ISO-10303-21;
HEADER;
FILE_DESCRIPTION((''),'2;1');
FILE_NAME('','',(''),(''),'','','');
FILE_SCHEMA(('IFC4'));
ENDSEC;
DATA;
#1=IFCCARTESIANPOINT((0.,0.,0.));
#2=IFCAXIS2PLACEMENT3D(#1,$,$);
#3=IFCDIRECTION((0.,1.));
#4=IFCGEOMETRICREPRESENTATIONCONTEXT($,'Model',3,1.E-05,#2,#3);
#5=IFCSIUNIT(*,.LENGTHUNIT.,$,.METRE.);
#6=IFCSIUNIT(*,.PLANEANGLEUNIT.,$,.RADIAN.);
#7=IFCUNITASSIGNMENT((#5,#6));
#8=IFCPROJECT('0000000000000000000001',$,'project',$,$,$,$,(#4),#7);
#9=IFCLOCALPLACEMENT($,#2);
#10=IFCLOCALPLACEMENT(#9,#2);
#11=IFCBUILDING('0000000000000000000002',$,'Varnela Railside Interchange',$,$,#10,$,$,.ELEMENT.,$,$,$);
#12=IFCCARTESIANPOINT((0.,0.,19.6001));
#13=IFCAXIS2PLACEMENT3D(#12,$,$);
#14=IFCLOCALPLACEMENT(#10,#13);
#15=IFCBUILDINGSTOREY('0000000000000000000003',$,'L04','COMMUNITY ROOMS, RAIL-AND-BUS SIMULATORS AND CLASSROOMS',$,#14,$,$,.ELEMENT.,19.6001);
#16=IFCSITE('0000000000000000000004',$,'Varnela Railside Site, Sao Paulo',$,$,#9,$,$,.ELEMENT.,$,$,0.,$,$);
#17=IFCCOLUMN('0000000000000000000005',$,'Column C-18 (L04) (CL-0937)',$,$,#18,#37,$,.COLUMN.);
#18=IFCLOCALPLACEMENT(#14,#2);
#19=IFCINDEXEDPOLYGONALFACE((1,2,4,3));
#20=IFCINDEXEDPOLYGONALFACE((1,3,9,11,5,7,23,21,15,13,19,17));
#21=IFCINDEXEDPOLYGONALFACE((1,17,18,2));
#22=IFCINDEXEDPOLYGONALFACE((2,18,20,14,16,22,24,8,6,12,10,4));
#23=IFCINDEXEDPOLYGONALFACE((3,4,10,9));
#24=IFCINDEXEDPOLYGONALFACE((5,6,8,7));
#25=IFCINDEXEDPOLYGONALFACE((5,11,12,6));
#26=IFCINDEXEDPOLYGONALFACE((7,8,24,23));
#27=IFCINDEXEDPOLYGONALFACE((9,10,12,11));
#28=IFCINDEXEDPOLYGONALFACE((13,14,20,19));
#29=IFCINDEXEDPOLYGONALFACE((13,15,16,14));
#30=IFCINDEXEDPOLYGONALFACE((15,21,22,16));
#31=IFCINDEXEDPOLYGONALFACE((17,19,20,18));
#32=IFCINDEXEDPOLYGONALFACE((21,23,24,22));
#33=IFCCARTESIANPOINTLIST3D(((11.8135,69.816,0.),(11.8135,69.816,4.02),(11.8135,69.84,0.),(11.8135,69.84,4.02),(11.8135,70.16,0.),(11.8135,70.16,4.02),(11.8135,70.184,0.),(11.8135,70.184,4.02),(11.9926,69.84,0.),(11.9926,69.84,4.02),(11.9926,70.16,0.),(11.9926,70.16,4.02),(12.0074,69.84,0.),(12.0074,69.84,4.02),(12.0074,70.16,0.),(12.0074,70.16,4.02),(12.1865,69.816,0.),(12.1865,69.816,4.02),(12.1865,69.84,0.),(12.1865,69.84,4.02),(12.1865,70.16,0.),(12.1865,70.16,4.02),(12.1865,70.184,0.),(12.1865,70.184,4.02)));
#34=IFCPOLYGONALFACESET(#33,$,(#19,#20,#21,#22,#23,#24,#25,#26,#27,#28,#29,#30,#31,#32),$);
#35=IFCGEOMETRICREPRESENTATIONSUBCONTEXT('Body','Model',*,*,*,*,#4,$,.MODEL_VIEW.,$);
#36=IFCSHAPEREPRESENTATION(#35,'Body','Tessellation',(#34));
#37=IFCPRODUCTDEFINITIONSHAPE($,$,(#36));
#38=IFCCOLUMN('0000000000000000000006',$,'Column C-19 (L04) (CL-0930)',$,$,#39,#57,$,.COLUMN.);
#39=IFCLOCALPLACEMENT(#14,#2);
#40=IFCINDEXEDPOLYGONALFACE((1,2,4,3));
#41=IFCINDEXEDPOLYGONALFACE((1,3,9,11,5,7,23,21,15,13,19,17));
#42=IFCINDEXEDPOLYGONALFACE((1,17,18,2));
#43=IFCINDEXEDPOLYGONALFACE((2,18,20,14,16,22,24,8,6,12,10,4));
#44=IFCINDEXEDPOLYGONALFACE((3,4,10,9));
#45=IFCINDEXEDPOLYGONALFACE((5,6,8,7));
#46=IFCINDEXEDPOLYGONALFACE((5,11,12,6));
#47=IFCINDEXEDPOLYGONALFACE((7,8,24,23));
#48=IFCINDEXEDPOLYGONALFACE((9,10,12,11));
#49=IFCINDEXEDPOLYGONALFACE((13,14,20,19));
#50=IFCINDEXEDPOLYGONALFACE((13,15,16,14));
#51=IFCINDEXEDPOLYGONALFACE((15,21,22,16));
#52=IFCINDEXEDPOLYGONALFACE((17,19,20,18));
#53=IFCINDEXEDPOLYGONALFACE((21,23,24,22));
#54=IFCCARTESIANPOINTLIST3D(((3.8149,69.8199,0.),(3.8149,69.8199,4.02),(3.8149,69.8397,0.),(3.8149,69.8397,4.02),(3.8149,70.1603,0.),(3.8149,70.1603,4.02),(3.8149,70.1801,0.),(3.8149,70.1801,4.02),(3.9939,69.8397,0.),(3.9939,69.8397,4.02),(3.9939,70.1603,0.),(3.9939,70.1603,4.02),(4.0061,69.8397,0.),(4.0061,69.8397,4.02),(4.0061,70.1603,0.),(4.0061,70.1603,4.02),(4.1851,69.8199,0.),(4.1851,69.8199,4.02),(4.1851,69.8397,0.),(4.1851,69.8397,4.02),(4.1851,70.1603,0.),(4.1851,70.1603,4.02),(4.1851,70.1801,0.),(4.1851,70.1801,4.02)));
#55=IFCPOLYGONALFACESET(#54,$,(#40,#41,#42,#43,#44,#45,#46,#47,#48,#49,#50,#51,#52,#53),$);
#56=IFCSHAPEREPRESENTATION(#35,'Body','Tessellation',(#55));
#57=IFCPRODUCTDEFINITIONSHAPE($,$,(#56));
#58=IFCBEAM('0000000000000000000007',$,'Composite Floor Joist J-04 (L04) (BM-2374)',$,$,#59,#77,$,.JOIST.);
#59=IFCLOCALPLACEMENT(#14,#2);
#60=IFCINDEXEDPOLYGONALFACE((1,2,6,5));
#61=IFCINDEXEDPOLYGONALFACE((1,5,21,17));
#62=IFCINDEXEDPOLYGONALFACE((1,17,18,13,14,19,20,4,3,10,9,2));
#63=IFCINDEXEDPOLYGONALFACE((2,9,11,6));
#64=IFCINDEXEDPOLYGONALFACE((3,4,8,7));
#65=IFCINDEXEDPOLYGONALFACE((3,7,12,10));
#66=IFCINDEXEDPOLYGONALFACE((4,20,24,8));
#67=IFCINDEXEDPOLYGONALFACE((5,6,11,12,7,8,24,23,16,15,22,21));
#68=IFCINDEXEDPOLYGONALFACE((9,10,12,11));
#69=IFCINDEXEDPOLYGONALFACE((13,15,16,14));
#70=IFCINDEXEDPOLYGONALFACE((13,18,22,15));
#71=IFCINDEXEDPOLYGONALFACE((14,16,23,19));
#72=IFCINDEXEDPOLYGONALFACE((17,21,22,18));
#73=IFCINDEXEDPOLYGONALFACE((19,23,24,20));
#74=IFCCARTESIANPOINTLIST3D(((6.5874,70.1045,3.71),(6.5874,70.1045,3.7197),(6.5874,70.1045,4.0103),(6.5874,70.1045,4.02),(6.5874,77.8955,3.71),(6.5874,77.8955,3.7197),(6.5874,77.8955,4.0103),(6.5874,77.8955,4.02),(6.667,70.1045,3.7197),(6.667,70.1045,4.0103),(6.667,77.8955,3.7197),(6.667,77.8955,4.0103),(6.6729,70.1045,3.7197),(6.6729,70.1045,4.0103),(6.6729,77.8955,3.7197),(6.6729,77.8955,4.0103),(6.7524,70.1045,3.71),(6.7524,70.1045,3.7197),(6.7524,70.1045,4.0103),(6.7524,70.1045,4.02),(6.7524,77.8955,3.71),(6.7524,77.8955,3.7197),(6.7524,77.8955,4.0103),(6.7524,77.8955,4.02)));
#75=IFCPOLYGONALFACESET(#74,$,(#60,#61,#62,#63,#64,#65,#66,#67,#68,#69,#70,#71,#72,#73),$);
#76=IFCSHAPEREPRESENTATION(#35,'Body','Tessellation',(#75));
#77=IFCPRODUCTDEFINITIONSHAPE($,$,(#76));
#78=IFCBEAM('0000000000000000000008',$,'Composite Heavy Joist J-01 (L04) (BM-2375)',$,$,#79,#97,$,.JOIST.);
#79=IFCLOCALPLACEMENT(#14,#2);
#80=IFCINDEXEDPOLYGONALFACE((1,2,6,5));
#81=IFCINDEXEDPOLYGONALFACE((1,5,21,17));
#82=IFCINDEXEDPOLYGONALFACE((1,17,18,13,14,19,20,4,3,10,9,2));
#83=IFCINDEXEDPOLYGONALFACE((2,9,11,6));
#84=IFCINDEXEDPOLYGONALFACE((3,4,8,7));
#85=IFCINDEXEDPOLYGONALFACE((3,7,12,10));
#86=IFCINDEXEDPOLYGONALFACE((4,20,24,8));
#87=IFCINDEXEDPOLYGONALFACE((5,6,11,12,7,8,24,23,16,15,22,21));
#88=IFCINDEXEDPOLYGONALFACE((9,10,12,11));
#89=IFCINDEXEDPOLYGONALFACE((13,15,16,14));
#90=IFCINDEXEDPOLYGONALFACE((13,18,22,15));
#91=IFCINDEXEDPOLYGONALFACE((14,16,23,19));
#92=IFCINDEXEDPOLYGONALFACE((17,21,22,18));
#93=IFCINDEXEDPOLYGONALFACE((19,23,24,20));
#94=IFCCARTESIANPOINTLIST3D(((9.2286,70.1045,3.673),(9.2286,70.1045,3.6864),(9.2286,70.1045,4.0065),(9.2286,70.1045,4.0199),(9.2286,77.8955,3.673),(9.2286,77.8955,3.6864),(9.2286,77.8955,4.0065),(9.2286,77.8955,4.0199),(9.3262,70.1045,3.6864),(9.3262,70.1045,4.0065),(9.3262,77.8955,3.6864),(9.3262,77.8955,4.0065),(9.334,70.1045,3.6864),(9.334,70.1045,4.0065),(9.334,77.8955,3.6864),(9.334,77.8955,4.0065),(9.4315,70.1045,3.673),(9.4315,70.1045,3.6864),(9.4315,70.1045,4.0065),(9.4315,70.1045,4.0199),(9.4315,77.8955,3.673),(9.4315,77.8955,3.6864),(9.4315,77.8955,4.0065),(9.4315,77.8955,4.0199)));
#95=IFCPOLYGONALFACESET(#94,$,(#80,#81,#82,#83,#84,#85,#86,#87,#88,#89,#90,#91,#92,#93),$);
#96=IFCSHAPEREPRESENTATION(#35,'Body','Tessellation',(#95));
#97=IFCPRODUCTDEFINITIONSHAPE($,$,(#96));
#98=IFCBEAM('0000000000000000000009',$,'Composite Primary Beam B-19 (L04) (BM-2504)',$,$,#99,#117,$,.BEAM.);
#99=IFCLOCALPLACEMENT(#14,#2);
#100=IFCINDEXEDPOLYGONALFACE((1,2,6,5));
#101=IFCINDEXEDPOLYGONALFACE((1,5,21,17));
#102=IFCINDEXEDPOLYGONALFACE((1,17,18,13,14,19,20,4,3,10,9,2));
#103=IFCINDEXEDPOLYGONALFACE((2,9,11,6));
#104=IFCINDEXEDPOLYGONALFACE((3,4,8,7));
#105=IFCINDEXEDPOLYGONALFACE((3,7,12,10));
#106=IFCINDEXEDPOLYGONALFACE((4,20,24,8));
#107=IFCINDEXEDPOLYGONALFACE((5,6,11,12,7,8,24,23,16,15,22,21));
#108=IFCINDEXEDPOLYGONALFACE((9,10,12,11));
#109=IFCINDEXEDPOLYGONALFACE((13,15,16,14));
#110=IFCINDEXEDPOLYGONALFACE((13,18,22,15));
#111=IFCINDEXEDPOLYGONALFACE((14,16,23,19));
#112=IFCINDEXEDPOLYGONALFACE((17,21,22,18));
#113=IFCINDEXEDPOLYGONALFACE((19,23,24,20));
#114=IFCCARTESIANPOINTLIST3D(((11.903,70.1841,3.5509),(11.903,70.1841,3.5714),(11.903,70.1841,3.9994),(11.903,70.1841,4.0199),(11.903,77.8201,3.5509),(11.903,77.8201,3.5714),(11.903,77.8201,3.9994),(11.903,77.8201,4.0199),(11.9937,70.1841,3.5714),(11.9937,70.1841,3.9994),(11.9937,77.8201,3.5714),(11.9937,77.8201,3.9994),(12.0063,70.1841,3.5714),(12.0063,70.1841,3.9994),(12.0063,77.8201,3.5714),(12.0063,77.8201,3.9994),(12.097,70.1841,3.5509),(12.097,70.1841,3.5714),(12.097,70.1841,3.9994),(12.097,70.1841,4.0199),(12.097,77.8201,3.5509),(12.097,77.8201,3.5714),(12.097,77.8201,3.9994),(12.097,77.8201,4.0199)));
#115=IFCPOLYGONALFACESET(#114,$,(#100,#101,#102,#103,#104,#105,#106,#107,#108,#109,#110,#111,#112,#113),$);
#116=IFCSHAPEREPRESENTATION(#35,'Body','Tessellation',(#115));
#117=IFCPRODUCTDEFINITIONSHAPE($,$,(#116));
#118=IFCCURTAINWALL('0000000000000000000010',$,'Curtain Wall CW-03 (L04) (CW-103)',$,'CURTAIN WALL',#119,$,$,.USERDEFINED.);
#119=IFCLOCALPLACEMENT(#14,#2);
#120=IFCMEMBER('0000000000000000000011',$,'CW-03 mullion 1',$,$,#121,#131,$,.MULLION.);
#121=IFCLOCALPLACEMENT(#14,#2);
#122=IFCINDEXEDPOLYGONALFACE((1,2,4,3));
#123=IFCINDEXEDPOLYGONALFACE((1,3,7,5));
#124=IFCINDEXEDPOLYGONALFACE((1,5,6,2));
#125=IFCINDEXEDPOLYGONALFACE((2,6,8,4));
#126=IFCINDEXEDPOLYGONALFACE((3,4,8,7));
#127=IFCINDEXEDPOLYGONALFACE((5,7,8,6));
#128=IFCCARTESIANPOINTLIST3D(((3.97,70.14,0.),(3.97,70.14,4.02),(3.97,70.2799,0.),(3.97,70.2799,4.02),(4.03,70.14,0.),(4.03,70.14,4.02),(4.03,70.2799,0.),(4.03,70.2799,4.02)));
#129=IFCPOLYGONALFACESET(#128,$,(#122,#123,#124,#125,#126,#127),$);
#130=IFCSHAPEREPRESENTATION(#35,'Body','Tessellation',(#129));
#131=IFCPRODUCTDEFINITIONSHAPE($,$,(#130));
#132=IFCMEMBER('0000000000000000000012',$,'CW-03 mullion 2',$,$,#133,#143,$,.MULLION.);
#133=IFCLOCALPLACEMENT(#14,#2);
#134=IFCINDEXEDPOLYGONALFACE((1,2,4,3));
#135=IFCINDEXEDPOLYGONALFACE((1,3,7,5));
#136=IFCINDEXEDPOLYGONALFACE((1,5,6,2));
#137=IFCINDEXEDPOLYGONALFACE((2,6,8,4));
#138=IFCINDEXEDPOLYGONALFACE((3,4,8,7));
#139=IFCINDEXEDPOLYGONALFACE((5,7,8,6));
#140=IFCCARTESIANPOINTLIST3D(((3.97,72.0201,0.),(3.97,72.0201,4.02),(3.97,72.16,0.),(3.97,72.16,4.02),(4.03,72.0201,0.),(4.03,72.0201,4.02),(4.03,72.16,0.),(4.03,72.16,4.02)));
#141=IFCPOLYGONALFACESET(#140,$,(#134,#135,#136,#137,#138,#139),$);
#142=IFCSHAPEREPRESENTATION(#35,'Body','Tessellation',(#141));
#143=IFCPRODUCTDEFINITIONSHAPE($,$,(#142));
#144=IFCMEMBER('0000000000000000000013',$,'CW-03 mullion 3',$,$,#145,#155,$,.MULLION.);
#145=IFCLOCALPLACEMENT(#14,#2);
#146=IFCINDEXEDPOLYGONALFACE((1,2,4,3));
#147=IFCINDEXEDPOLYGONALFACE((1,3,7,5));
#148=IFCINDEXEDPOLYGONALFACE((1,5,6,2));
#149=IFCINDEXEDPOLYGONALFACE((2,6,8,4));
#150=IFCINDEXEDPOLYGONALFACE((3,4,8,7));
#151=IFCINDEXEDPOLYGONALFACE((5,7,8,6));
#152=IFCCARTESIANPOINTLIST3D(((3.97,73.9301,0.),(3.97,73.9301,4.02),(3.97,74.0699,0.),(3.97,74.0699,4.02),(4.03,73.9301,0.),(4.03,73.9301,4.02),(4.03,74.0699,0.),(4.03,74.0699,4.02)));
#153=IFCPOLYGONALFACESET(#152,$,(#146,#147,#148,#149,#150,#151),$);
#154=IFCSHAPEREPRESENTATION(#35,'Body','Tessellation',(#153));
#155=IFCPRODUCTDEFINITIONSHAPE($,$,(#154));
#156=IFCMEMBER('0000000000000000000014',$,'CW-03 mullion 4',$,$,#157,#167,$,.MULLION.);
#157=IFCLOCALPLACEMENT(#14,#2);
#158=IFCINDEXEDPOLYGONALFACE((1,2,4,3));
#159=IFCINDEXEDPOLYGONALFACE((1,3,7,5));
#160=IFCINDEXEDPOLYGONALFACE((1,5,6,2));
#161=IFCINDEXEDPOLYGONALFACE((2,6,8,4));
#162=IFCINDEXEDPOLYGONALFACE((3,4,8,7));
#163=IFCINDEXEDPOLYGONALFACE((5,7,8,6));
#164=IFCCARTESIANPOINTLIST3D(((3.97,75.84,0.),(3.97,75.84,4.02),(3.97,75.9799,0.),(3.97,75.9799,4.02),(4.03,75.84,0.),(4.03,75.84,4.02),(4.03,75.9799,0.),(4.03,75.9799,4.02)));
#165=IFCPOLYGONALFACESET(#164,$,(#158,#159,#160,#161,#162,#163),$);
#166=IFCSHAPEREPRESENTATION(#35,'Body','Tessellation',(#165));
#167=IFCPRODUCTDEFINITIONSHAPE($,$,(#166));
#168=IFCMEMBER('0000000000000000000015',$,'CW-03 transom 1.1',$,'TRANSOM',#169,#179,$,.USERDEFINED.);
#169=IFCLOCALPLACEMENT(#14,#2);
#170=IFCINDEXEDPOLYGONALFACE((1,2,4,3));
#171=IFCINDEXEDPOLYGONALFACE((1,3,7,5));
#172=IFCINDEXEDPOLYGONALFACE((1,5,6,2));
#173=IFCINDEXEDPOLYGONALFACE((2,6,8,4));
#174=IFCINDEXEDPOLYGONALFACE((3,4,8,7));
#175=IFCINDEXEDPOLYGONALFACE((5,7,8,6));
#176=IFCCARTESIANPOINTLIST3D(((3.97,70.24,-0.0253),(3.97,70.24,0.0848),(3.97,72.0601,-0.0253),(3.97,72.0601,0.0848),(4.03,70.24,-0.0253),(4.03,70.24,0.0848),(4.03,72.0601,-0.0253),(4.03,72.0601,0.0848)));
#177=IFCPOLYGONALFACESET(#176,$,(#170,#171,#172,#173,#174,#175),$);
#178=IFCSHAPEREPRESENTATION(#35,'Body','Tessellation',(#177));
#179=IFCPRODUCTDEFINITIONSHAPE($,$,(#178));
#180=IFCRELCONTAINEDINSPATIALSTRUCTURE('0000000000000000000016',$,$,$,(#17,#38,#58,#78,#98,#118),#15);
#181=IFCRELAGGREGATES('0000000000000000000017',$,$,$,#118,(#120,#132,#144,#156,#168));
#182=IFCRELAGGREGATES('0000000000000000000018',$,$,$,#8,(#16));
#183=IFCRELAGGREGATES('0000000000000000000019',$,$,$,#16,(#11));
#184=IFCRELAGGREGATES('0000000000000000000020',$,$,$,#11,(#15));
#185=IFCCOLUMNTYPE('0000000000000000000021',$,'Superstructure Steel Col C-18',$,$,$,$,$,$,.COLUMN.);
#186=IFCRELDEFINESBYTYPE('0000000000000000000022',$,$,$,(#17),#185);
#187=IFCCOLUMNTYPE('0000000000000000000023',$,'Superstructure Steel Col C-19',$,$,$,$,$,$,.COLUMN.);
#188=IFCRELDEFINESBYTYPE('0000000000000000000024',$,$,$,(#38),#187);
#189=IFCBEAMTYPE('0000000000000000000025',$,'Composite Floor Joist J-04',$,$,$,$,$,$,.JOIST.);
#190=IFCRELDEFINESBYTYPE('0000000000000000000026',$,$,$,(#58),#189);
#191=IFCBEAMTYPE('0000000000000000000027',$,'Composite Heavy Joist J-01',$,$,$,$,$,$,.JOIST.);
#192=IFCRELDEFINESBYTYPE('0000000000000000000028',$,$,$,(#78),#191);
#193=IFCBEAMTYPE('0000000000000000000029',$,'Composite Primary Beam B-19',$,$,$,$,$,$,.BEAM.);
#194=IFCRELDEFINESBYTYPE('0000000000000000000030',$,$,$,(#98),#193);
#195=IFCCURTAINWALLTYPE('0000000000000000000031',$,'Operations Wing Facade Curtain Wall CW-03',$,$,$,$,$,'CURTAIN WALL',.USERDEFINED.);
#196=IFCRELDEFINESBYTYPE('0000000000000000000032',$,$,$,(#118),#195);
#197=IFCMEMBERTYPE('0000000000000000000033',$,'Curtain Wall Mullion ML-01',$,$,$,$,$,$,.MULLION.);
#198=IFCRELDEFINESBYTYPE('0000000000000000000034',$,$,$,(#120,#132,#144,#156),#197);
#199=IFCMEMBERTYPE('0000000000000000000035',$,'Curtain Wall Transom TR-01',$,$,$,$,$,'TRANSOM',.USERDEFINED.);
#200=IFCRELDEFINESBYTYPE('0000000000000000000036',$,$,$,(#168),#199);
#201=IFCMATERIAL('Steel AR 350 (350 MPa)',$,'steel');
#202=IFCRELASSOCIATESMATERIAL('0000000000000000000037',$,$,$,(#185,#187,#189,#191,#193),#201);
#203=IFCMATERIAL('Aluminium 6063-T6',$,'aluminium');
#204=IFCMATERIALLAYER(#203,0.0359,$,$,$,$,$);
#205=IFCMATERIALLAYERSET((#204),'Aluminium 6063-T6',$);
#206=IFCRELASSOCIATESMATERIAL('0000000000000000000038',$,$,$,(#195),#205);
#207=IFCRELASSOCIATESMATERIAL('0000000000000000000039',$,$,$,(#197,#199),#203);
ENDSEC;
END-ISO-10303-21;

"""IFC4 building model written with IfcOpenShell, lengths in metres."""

from ifc_helpers import new_model, si_unit, direction, frame, origin, origin_2d, place, context, subcontext, project, spatial, rectangle, i_section, extrude, material, layer, layer_set, material_profile, profile_set, type_object, element, aggregate, save


model = new_model("IFC4")

# Units and contexts
model_context = context("Model", 3, precision=1e-05, world=origin(), true_north=direction((0.0, 1.0)))
body_context = subcontext(model_context, "Body", "Model", "MODEL_VIEW")
ifc_project = project(units=[si_unit("LENGTHUNIT", "METRE"), si_unit("PLANEANGLEUNIT", "RADIAN")], contexts=[model_context])

# Site, building, storey
site_placement = place(None, origin())
site = spatial("IfcSite", under=ifc_project, at=site_placement, Name="Varnela Railside Site, Sao Paulo", CompositionType="ELEMENT", RefElevation=0.0)
building_placement = place(site_placement, origin())
building = spatial("IfcBuilding", under=site, at=building_placement, Name="Varnela Railside Interchange", CompositionType="ELEMENT")
storey_placement = place(building_placement, frame((0.0, 0.0, 19.6001)))
storey = spatial("IfcBuildingStorey", under=building, at=storey_placement, Name="L04", Description="COMMUNITY ROOMS, RAIL-AND-BUS SIMULATORS AND CLASSROOMS", CompositionType="ELEMENT", Elevation=19.6001)

# Columns
ifc_material_1 = material(Name="Steel AR 350 (350 MPa)", Category="steel")
ifc_material_profile_1 = material_profile(ifc_material_1, i_section(OverallWidth=0.373, OverallDepth=0.3679, WebThickness=0.0149, FlangeThickness=0.0239, at=origin_2d()), Name="W360x179")
ifc_profile_set_1 = profile_set([ifc_material_profile_1], Name="Steel AR 350 (350 MPa)")
column_type_1 = type_object("IfcColumnType", Name="Superstructure Steel Col C-18", PredefinedType="COLUMN", material=ifc_profile_set_1)
column_1_placement = place(storey_placement, frame((12.0, 70.0, 0.0), z_axis=(0.0, 0.0, 1.0), x_axis=(1.0, 0.0, 0.0)))
element("IfcColumn", 1, at=column_1_placement, inside=storey, type_object=column_type_1, Name="Column C-18 (L04) (CL-0937)", PredefinedType="COLUMN", context=body_context, shape_type="SweptSolid", body=[
    extrude(i_section(OverallWidth=0.373, OverallDepth=0.3679, WebThickness=0.0149, FlangeThickness=0.0239, at=origin_2d()), origin(), (0.0, 0.0, 1.0), 4.02),
])
ifc_material_profile_2 = material_profile(ifc_material_1, i_section(OverallWidth=0.3701, OverallDepth=0.3601, WebThickness=0.0122, FlangeThickness=0.0198, at=origin_2d()), Name="W360x147")
ifc_profile_set_2 = profile_set([ifc_material_profile_2], Name="Steel AR 350 (350 MPa)")
column_type_2 = type_object("IfcColumnType", Name="Superstructure Steel Col C-19", PredefinedType="COLUMN", material=ifc_profile_set_2)
column_2_placement = place(storey_placement, frame((4.0, 70.0, 0.0), z_axis=(0.0, 0.0, 1.0), x_axis=(1.0, 0.0, 0.0)))
element("IfcColumn", 2, at=column_2_placement, inside=storey, type_object=column_type_2, Name="Column C-19 (L04) (CL-0930)", PredefinedType="COLUMN", context=body_context, shape_type="SweptSolid", body=[
    extrude(i_section(OverallWidth=0.3701, OverallDepth=0.3601, WebThickness=0.0122, FlangeThickness=0.0198, at=origin_2d()), origin(), (0.0, 0.0, 1.0), 4.02),
])

# Beams
ifc_material_profile_3 = material_profile(ifc_material_1, i_section(OverallWidth=0.165, OverallDepth=0.3101, WebThickness=0.0059, FlangeThickness=0.0098, at=origin_2d()), Name="W310x38.7")
ifc_profile_set_3 = profile_set([ifc_material_profile_3], Name="Steel AR 350 (350 MPa)")
beam_type_1 = type_object("IfcBeamType", Name="Composite Floor Joist J-04", PredefinedType="JOIST", material=ifc_profile_set_3)
beam_1_placement = place(storey_placement, frame((6.6699, 70.1045, 3.865), z_axis=(0.0, 1.0, 0.0), x_axis=(-1.0, 0.0, 0.0)))
element("IfcBeam", 3, at=beam_1_placement, inside=storey, type_object=beam_type_1, Name="Composite Floor Joist J-04 (L04) (BM-2374)", PredefinedType="JOIST", context=body_context, shape_type="SweptSolid", body=[
    extrude(i_section(OverallWidth=0.165, OverallDepth=0.3101, WebThickness=0.0059, FlangeThickness=0.0098, at=origin_2d()), origin(), (0.0, 0.0, 1.0), 7.791),
])
ifc_material_profile_4 = material_profile(ifc_material_1, i_section(OverallWidth=0.2029, OverallDepth=0.3469, WebThickness=0.0078, FlangeThickness=0.0134, at=origin_2d()), Name="W360x64")
ifc_profile_set_4 = profile_set([ifc_material_profile_4], Name="Steel AR 350 (350 MPa)")
beam_type_2 = type_object("IfcBeamType", Name="Composite Heavy Joist J-01", PredefinedType="JOIST", material=ifc_profile_set_4)
beam_2_placement = place(storey_placement, frame((9.3301, 70.1045, 3.8464), z_axis=(0.0, 1.0, 0.0), x_axis=(-1.0, 0.0, 0.0)))
element("IfcBeam", 4, at=beam_2_placement, inside=storey, type_object=beam_type_2, Name="Composite Heavy Joist J-01 (L04) (BM-2375)", PredefinedType="JOIST", context=body_context, shape_type="SweptSolid", body=[
    extrude(i_section(OverallWidth=0.2029, OverallDepth=0.3469, WebThickness=0.0078, FlangeThickness=0.0134, at=origin_2d()), origin(), (0.0, 0.0, 1.0), 7.791),
])
ifc_material_profile_5 = material_profile(ifc_material_1, i_section(OverallWidth=0.1941, OverallDepth=0.469, WebThickness=0.0127, FlangeThickness=0.0205, at=origin_2d()), Name="W460x106")
ifc_profile_set_5 = profile_set([ifc_material_profile_5], Name="Steel AR 350 (350 MPa)")
beam_type_3 = type_object("IfcBeamType", Name="Composite Primary Beam B-19", PredefinedType="BEAM", material=ifc_profile_set_5)
beam_3_placement = place(storey_placement, frame((12.0, 70.1841, 3.7854), z_axis=(0.0, 1.0, 0.0), x_axis=(-1.0, 0.0, 0.0)))
element("IfcBeam", 5, at=beam_3_placement, inside=storey, type_object=beam_type_3, Name="Composite Primary Beam B-19 (L04) (BM-2504)", PredefinedType="BEAM", context=body_context, shape_type="SweptSolid", body=[
    extrude(i_section(OverallWidth=0.1941, OverallDepth=0.469, WebThickness=0.0127, FlangeThickness=0.0205, at=origin_2d()), origin(), (0.0, 0.0, 1.0), 7.636),
])

# Curtain wall, members
ifc_material_2 = material(Name="Aluminium 6063-T6", Category="aluminium")
ifc_layer_1 = layer(ifc_material_2, 0.0359)
ifc_layer_set_1 = layer_set([ifc_layer_1], Name="Aluminium 6063-T6")
curtain_wall_type = type_object("IfcCurtainWallType", Name="Operations Wing Facade Curtain Wall CW-03", ElementType="CURTAIN WALL", PredefinedType="USERDEFINED", material=ifc_layer_set_1)
curtain_wall_placement = place(storey_placement, origin())
curtain_wall = element("IfcCurtainWall", 6, at=curtain_wall_placement, inside=storey, type_object=curtain_wall_type, Name="Curtain Wall CW-03 (L04) (CW-103)", ObjectType="CURTAIN WALL", PredefinedType="USERDEFINED")
ifc_material_profile_6 = material_profile(ifc_material_2, rectangle(XDim=0.0601, YDim=0.1399, at=origin_2d()), Name="ALU 60x140")
ifc_profile_set_6 = profile_set([ifc_material_profile_6], Name="Aluminium 6063-T6")
member_type_1 = type_object("IfcMemberType", Name="Curtain Wall Mullion ML-01", PredefinedType="MULLION", material=ifc_profile_set_6)
member_1_placement = place(storey_placement, frame((4.0, 70.21, 0.0), z_axis=(0.0, 0.0, 1.0), x_axis=(-1.0, 0.0, 0.0)))
member_1 = element("IfcMember", 7, at=member_1_placement, type_object=member_type_1, Name="CW-03 mullion 1", PredefinedType="MULLION", context=body_context, shape_type="SweptSolid", body=[
    extrude(rectangle(XDim=0.0601, YDim=0.1399, at=origin_2d()), origin(), (0.0, 0.0, 1.0), 4.02),
])
member_2_placement = place(storey_placement, frame((4.0, 72.0901, 0.0), z_axis=(0.0, 0.0, 1.0), x_axis=(-1.0, 0.0, 0.0)))
member_2 = element("IfcMember", 8, at=member_2_placement, type_object=member_type_1, Name="CW-03 mullion 2", PredefinedType="MULLION", context=body_context, shape_type="SweptSolid", body=[
    extrude(rectangle(XDim=0.0601, YDim=0.1399, at=origin_2d()), origin(), (0.0, 0.0, 1.0), 4.02),
])
member_3_placement = place(storey_placement, frame((4.0, 74.0, 0.0), z_axis=(0.0, 0.0, 1.0), x_axis=(-1.0, 0.0, 0.0)))
member_3 = element("IfcMember", 9, at=member_3_placement, type_object=member_type_1, Name="CW-03 mullion 3", PredefinedType="MULLION", context=body_context, shape_type="SweptSolid", body=[
    extrude(rectangle(XDim=0.0601, YDim=0.1399, at=origin_2d()), origin(), (0.0, 0.0, 1.0), 4.02),
])
member_4_placement = place(storey_placement, frame((4.0, 75.9099, 0.0), z_axis=(0.0, 0.0, 1.0), x_axis=(-1.0, 0.0, 0.0)))
member_4 = element("IfcMember", 10, at=member_4_placement, type_object=member_type_1, Name="CW-03 mullion 4", PredefinedType="MULLION", context=body_context, shape_type="SweptSolid", body=[
    extrude(rectangle(XDim=0.0601, YDim=0.1399, at=origin_2d()), origin(), (0.0, 0.0, 1.0), 4.02),
])
ifc_material_profile_7 = material_profile(ifc_material_2, rectangle(XDim=0.0601, YDim=0.1101, at=origin_2d()), Name="ALU 60x110")
ifc_profile_set_7 = profile_set([ifc_material_profile_7], Name="Aluminium 6063-T6")
member_type_2 = type_object("IfcMemberType", Name="Curtain Wall Transom TR-01", ElementType="TRANSOM", PredefinedType="USERDEFINED", material=ifc_profile_set_7)
member_5_placement = place(storey_placement, frame((4.0, 70.24, 0.0298), z_axis=(0.0, 1.0, 0.0), x_axis=(-1.0, 0.0, 0.0)))
member_5 = element("IfcMember", 11, at=member_5_placement, type_object=member_type_2, Name="CW-03 transom 1.1", ObjectType="TRANSOM", PredefinedType="USERDEFINED", context=body_context, shape_type="SweptSolid", body=[
    extrude(rectangle(XDim=0.0601, YDim=0.1101, at=origin_2d()), origin(), (0.0, 0.0, 1.0), 1.8201),
])

aggregate(curtain_wall, [member_1, member_2, member_3, member_4, member_5])

save(model, "model.ifc")
